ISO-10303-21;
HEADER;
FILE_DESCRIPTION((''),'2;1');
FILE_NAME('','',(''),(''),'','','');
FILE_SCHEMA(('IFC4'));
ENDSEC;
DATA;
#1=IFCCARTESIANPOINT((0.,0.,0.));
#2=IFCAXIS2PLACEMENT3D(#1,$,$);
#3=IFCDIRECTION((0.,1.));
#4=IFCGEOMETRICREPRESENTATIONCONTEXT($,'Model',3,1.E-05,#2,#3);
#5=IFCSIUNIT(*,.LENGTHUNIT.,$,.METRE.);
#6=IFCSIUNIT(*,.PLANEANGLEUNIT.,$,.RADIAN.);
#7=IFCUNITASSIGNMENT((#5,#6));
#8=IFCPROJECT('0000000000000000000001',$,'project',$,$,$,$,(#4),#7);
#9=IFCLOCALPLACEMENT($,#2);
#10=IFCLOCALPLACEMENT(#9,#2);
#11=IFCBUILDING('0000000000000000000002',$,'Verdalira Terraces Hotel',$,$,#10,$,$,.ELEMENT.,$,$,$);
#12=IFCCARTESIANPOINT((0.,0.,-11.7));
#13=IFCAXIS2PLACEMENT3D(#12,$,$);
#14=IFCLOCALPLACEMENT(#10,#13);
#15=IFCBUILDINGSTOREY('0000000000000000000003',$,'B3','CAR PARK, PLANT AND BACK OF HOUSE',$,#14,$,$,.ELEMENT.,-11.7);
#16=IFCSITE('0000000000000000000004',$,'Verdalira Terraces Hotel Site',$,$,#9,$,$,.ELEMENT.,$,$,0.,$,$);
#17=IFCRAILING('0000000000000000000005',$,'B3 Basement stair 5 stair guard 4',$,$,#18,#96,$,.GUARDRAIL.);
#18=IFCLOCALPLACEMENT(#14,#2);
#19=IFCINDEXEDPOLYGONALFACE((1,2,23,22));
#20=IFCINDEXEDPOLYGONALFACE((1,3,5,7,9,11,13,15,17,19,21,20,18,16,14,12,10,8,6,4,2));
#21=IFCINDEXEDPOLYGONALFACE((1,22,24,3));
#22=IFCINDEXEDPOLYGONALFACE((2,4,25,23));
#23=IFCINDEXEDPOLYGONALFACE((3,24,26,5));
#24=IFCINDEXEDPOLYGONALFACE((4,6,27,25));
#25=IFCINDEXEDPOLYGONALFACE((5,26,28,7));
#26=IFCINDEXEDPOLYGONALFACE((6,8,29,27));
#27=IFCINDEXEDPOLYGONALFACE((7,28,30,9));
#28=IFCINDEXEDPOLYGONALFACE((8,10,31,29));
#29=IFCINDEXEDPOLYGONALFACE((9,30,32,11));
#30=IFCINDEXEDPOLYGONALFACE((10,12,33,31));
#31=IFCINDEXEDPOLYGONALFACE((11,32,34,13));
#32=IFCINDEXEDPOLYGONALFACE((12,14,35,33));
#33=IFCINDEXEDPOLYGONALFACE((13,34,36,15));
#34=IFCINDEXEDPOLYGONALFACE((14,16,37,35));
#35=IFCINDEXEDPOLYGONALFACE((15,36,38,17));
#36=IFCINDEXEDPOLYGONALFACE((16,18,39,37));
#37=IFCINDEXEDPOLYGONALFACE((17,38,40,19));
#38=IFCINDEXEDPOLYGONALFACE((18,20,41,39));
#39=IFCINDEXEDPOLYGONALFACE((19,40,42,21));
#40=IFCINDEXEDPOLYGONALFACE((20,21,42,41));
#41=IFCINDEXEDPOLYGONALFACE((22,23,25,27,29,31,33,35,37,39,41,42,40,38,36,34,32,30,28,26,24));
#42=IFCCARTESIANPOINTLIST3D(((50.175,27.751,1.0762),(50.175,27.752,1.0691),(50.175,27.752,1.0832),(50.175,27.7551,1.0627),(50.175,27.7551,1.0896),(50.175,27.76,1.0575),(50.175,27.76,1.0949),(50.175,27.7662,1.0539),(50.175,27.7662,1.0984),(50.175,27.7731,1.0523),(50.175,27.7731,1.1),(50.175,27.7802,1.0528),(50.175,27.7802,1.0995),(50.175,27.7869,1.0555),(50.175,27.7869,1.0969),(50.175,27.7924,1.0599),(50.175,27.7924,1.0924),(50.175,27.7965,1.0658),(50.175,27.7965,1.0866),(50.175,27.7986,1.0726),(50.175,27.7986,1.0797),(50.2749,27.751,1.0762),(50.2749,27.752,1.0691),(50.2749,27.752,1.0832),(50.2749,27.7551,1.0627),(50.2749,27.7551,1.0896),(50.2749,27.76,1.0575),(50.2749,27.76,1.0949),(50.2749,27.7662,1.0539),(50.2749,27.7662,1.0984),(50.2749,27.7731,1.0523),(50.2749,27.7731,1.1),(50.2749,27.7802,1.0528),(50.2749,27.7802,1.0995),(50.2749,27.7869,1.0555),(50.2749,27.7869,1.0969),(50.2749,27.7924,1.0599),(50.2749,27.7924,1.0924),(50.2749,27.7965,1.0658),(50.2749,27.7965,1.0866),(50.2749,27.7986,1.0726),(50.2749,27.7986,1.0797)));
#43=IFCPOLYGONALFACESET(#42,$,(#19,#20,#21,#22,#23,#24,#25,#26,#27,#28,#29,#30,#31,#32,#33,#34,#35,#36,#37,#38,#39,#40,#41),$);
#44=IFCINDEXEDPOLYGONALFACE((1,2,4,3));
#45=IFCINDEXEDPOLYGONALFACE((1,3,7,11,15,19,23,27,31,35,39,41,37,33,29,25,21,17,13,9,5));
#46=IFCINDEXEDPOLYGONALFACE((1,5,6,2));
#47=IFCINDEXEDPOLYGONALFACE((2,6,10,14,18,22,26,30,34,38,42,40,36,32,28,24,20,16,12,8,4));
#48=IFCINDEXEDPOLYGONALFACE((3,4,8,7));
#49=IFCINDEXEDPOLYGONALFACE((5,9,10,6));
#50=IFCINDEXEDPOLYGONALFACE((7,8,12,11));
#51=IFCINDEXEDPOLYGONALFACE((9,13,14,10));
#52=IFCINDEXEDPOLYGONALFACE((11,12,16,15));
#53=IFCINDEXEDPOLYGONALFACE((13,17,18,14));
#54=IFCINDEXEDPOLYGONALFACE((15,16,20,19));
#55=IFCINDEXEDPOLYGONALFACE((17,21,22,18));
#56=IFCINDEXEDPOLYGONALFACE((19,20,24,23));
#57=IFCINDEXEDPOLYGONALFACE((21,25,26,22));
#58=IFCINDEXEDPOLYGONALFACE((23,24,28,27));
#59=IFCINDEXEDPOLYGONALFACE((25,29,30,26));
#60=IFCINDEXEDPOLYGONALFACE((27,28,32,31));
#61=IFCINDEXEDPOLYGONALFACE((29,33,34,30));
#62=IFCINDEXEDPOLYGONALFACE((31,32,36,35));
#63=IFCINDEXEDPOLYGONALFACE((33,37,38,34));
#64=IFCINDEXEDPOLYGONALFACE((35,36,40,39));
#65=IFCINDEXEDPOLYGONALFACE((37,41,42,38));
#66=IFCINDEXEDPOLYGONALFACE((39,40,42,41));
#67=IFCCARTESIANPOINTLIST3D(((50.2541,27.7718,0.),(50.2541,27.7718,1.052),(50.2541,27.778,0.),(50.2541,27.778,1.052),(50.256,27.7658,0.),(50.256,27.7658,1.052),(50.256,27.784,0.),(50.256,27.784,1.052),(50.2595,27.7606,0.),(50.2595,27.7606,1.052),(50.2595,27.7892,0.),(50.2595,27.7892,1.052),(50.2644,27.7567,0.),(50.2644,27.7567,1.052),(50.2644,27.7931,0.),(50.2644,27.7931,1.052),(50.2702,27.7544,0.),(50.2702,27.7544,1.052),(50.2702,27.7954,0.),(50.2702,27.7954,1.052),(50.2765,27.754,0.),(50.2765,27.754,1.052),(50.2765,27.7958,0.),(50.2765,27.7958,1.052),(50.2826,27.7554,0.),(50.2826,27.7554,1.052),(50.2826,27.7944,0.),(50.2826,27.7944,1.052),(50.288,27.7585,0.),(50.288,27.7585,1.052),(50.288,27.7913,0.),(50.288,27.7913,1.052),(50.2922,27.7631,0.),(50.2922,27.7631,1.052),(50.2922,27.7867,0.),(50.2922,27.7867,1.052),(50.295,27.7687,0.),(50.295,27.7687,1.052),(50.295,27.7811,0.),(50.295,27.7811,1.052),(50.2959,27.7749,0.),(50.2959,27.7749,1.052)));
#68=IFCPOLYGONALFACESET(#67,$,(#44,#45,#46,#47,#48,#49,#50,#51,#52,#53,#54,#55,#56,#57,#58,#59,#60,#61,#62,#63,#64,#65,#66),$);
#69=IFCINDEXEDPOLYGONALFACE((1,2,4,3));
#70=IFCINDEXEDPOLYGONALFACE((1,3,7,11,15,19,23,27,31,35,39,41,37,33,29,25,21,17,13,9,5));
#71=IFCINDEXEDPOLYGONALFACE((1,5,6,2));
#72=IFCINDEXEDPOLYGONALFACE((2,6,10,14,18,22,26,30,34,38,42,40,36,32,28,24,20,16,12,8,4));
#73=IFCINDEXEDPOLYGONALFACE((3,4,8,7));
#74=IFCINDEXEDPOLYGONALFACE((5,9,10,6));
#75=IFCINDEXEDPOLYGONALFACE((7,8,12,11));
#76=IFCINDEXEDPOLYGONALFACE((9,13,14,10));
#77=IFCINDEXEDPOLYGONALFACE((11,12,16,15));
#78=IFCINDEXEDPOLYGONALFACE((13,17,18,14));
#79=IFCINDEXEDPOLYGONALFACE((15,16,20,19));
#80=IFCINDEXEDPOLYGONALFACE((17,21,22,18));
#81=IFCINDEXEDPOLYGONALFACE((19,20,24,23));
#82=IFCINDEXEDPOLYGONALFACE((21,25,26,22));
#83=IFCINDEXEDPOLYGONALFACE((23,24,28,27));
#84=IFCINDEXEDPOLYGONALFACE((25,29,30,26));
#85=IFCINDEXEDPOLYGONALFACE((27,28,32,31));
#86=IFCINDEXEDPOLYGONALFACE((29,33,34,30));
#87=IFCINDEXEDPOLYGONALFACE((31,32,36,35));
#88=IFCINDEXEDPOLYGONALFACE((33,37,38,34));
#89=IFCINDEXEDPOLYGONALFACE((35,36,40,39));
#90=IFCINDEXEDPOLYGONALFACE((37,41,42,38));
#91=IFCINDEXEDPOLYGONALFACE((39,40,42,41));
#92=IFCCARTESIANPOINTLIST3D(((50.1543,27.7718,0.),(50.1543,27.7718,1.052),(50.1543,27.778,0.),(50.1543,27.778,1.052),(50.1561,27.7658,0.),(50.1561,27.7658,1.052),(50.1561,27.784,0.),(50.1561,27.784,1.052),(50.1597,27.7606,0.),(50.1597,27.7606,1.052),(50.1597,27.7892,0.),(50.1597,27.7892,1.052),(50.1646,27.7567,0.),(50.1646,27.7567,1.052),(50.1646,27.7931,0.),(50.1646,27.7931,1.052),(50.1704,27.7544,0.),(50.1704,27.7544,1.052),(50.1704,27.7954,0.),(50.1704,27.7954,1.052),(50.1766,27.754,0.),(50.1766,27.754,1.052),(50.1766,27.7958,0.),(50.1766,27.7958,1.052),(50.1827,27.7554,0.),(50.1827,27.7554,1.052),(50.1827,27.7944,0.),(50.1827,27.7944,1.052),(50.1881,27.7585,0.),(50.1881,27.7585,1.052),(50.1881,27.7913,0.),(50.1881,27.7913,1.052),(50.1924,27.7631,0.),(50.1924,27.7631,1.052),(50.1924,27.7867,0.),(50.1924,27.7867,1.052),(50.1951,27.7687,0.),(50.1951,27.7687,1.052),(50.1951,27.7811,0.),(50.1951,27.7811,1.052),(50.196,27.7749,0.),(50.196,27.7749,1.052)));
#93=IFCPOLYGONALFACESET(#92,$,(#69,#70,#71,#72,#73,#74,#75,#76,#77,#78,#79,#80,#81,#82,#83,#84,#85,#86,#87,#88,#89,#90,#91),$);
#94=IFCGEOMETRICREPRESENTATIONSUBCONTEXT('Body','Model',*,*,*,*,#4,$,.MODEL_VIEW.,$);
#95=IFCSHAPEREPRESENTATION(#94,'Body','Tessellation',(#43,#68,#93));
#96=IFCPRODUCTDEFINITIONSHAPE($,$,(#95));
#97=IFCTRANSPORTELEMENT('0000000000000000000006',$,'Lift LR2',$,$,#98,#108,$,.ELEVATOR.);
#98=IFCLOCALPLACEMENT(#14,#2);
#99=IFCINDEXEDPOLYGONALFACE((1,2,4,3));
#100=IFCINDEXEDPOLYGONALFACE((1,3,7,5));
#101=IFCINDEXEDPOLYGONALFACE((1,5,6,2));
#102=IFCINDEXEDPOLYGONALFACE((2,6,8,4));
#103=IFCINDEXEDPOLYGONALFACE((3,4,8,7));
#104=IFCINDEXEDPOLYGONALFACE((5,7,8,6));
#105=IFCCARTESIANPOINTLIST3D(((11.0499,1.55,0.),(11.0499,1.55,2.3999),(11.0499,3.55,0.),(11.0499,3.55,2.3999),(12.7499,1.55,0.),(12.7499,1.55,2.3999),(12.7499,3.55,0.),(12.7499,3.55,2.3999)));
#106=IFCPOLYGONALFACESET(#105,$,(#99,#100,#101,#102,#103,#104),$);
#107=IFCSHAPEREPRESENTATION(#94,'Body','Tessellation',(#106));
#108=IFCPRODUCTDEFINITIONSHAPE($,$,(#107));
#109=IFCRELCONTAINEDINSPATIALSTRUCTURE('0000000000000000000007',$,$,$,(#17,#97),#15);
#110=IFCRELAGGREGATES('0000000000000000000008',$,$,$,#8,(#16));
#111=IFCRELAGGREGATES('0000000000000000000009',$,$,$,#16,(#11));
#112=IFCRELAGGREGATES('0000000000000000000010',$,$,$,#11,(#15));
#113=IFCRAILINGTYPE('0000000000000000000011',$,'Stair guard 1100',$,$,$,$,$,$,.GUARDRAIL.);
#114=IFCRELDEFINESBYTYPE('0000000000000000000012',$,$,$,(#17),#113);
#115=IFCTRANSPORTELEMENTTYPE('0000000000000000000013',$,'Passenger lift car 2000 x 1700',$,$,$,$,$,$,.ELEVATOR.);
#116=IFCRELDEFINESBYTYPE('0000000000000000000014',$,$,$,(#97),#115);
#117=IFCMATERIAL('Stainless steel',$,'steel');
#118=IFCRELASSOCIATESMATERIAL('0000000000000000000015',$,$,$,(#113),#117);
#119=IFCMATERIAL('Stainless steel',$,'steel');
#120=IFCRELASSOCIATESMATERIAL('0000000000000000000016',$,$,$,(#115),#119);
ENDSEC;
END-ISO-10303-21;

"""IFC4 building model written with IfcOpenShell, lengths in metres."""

from ifc_helpers import new_model, si_unit, direction, frame, origin, origin_2d, place, context, subcontext, project, spatial, rectangle, circle, extrude, material, type_object, element, save


model = new_model("IFC4")

# Units and contexts
model_context = context("Model", 3, precision=1e-05, world=origin(), true_north=direction((0.0, 1.0)))
body_context = subcontext(model_context, "Body", "Model", "MODEL_VIEW")
ifc_project = project(units=[si_unit("LENGTHUNIT", "METRE"), si_unit("PLANEANGLEUNIT", "RADIAN")], contexts=[model_context])

# Site, building, storey
site_placement = place(None, origin())
site = spatial("IfcSite", under=ifc_project, at=site_placement, Name="Verdalira Terraces Hotel Site", CompositionType="ELEMENT", RefElevation=0.0)
building_placement = place(site_placement, origin())
building = spatial("IfcBuilding", under=site, at=building_placement, Name="Verdalira Terraces Hotel", CompositionType="ELEMENT")
storey_placement = place(building_placement, frame((0.0, 0.0, -11.7)))
storey = spatial("IfcBuildingStorey", under=building, at=storey_placement, Name="B3", Description="CAR PARK, PLANT AND BACK OF HOUSE", CompositionType="ELEMENT", Elevation=-11.7)

# Railing
ifc_material_1 = material(Name="Stainless steel", Category="steel")
railing_type_1 = type_object("IfcRailingType", Name="Stair guard 1100", PredefinedType="GUARDRAIL", material=ifc_material_1)
railing_1_placement = place(storey_placement, frame((50.2749, 27.7749, 0.0)))
element("IfcRailing", 1, at=railing_1_placement, inside=storey, type_object=railing_type_1, Name="B3 Basement stair 5 stair guard 4", PredefinedType="GUARDRAIL", context=body_context, shape_type="SweptSolid", body=[
    extrude(circle(Radius=0.0239, at=origin_2d()), frame((0.0, 0.0, 1.0762), z_axis=(-1.0, 0.0, 0.0), x_axis=(0.0, -1.0, 0.0)), (0.0, 0.0, 1.0), 0.0999),
    extrude(circle(Radius=0.021, at=origin_2d()), origin(), (0.0, 0.0, 1.0), 1.052),
    extrude(circle(Radius=0.021, at=origin_2d()), frame((-0.0999, 0.0, 0.0)), (0.0, 0.0, 1.0), 1.052),
])

# Transport element
ifc_material_2 = material(Name="Stainless steel", Category="steel")
transport_element_type = type_object("IfcTransportElementType", Name="Passenger lift car 2000 x 1700", PredefinedType="ELEVATOR", material=ifc_material_2)
transport_element_placement = place(storey_placement, frame((11.8999, 2.55, 0.0), z_axis=(0.0, 0.0, 1.0), x_axis=(0.0, 1.0, 0.0)))
element("IfcTransportElement", 2, at=transport_element_placement, inside=storey, type_object=transport_element_type, Name="Lift LR2", PredefinedType="ELEVATOR", context=body_context, shape_type="SweptSolid", body=[
    extrude(rectangle(XDim=2.0, YDim=1.7, at=origin_2d()), origin(), (0.0, 0.0, 1.0), 2.3999),
])

save(model, "model.ifc")
